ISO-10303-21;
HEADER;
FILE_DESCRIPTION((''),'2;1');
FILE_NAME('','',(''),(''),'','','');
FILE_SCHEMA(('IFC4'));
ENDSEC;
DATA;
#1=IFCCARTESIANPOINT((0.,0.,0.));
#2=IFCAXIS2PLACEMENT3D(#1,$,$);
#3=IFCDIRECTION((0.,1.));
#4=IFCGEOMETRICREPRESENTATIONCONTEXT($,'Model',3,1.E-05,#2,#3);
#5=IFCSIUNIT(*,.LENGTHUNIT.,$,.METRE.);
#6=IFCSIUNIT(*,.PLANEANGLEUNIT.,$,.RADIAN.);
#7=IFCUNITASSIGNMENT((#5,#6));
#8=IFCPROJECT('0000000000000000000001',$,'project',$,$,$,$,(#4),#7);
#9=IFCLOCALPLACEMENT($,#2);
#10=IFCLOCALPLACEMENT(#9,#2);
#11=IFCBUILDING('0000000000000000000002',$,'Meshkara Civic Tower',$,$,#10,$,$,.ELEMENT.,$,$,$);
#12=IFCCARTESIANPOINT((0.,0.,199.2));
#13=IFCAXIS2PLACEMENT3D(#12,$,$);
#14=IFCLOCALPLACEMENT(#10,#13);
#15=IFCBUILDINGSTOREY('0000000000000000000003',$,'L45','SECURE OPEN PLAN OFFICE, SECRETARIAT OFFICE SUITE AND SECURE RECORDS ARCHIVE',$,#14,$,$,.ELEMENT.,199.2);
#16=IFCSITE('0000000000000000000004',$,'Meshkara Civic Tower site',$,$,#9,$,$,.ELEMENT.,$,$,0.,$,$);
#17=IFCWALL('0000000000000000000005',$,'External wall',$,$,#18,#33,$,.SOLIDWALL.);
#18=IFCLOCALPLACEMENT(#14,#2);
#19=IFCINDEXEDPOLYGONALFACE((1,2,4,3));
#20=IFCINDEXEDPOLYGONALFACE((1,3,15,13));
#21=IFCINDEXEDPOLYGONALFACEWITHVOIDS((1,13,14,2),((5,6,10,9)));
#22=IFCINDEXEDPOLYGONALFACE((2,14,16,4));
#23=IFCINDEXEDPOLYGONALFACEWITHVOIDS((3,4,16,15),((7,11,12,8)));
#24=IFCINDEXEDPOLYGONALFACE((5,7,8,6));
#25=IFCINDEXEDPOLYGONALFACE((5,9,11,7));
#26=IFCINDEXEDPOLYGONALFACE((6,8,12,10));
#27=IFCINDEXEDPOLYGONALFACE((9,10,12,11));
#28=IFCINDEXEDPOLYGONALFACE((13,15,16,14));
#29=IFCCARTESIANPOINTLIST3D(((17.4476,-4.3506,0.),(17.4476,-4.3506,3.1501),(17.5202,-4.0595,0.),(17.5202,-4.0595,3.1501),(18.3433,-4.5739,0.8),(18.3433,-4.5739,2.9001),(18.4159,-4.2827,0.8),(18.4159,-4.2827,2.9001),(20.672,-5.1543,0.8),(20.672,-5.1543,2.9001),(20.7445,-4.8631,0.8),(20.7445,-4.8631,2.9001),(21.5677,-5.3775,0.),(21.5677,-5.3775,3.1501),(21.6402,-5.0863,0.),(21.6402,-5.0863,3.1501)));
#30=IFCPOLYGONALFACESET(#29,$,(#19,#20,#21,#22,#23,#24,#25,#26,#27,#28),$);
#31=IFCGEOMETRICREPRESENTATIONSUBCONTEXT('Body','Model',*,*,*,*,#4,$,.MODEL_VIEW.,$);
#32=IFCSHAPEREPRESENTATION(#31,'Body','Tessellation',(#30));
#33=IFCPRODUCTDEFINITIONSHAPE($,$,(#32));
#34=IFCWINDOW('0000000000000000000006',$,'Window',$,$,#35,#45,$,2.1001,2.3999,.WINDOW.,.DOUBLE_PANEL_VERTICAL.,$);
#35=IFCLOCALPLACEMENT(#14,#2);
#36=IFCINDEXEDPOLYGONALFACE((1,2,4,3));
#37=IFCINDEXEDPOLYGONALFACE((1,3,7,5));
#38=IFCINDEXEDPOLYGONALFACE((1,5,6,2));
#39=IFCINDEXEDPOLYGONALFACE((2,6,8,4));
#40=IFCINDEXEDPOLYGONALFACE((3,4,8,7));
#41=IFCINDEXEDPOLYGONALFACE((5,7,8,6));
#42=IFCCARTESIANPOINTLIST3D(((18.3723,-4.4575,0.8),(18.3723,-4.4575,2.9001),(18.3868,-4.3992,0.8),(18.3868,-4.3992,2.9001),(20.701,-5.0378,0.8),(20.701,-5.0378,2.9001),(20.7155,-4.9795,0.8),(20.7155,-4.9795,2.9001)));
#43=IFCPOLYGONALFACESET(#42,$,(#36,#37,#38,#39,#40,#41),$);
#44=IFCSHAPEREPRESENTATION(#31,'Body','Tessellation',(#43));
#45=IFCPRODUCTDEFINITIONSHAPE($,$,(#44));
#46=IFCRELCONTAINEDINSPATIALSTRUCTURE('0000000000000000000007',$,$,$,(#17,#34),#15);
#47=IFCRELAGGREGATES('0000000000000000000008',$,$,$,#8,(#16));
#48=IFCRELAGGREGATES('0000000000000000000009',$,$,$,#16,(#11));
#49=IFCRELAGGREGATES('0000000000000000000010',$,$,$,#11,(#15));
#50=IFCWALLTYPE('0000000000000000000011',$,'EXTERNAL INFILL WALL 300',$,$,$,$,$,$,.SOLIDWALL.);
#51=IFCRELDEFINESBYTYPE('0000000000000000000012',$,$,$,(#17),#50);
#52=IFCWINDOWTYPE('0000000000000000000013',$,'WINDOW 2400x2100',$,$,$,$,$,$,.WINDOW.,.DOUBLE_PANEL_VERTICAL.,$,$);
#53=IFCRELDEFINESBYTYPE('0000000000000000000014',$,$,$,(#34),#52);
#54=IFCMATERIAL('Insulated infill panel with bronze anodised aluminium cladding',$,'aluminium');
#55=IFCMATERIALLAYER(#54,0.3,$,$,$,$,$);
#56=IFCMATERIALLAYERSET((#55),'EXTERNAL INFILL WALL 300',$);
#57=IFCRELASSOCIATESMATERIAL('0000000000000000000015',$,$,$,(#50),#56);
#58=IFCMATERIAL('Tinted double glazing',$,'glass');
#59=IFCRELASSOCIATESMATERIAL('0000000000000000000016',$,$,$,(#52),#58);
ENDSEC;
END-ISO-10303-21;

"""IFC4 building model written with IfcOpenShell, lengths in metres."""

from ifc_helpers import new_model, si_unit, direction, frame, frame_2d, origin, place, context, subcontext, project, spatial, rectangle, extrude, material, layer, layer_set, type_object, element, fill, save


model = new_model("IFC4")

# Units and contexts
model_context = context("Model", 3, precision=1e-05, world=origin(), true_north=direction((0.0, 1.0)))
body_context = subcontext(model_context, "Body", "Model", "MODEL_VIEW")
ifc_project = project(units=[si_unit("LENGTHUNIT", "METRE"), si_unit("PLANEANGLEUNIT", "RADIAN")], contexts=[model_context])

# Site, building, storey
site_placement = place(None, origin())
site = spatial("IfcSite", under=ifc_project, at=site_placement, Name="Meshkara Civic Tower site", CompositionType="ELEMENT", RefElevation=0.0)
building_placement = place(site_placement, origin())
building = spatial("IfcBuilding", under=site, at=building_placement, Name="Meshkara Civic Tower", CompositionType="ELEMENT")
storey_placement = place(building_placement, frame((0.0, 0.0, 199.2)))
storey = spatial("IfcBuildingStorey", under=building, at=storey_placement, Name="L45", Description="SECURE OPEN PLAN OFFICE, SECRETARIAT OFFICE SUITE AND SECURE RECORDS ARCHIVE", CompositionType="ELEMENT", Elevation=199.2)

# Wall, opening, window
ifc_material_1 = material(Name="Insulated infill panel with bronze anodised aluminium cladding", Category="aluminium")
ifc_layer = layer(ifc_material_1, 0.3)
ifc_layer_set = layer_set([ifc_layer], Name="EXTERNAL INFILL WALL 300")
wall_type = type_object("IfcWallType", Name="EXTERNAL INFILL WALL 300", PredefinedType="SOLIDWALL", material=ifc_layer_set)
ifc_material_2 = material(Name="Tinted double glazing", Category="glass")
window_type = type_object("IfcWindowType", Name="WINDOW 2400x2100", PartitioningType="DOUBLE_PANEL_VERTICAL", PredefinedType="WINDOW", material=ifc_material_2)
wall_1_placement = place(storey_placement, frame((17.4839, -4.2051, 0.0), z_axis=(0.0, 0.0, 1.0), x_axis=(0.970318, -0.241832, 0.0)))
wall_1 = element("IfcWall", 1, at=wall_1_placement, inside=storey, type_object=wall_type, Name="External wall", PredefinedType="SOLIDWALL", context=body_context, shape_type="SweptSolid", body=[
    extrude(rectangle(XDim=4.2461, YDim=0.3, at=frame_2d((2.123, 0.0))), origin(), (0.0, 0.0, 1.0), 3.1501),
])
opening_1_placement = place(wall_1_placement, frame((0.9231, 0.0, 0.8)))
opening_1 = element("IfcOpeningElement", 2, at=opening_1_placement, cuts=wall_1, PredefinedType="OPENING", context=body_context, shape_type="SweptSolid", body=[
    extrude(rectangle(XDim=2.3999, YDim=2.1001, at=frame_2d((1.2, 1.05))), frame((0.0, 0.1599, 0.0), z_axis=(0.0, -1.0, 0.0), x_axis=(1.0, 0.0, 0.0)), (0.0, 0.0, 1.0), 0.3201),
])
window_1_placement = place(opening_1_placement, origin())
window_1 = element("IfcWindow", 3, at=window_1_placement, inside=storey, type_object=window_type, Name="Window", OverallHeight=2.1001, OverallWidth=2.3999, PartitioningType="DOUBLE_PANEL_VERTICAL", PredefinedType="WINDOW", context=body_context, shape_type="SweptSolid", body=[
    extrude(rectangle(XDim=2.3999, YDim=2.1001, at=frame_2d((1.2, 1.05))), frame((0.0, 0.03, 0.0), z_axis=(0.0, -1.0, 0.0), x_axis=(1.0, 0.0, 0.0)), (0.0, 0.0, 1.0), 0.0601),
])
fill(opening_1, window_1)

save(model, "model.ifc")
